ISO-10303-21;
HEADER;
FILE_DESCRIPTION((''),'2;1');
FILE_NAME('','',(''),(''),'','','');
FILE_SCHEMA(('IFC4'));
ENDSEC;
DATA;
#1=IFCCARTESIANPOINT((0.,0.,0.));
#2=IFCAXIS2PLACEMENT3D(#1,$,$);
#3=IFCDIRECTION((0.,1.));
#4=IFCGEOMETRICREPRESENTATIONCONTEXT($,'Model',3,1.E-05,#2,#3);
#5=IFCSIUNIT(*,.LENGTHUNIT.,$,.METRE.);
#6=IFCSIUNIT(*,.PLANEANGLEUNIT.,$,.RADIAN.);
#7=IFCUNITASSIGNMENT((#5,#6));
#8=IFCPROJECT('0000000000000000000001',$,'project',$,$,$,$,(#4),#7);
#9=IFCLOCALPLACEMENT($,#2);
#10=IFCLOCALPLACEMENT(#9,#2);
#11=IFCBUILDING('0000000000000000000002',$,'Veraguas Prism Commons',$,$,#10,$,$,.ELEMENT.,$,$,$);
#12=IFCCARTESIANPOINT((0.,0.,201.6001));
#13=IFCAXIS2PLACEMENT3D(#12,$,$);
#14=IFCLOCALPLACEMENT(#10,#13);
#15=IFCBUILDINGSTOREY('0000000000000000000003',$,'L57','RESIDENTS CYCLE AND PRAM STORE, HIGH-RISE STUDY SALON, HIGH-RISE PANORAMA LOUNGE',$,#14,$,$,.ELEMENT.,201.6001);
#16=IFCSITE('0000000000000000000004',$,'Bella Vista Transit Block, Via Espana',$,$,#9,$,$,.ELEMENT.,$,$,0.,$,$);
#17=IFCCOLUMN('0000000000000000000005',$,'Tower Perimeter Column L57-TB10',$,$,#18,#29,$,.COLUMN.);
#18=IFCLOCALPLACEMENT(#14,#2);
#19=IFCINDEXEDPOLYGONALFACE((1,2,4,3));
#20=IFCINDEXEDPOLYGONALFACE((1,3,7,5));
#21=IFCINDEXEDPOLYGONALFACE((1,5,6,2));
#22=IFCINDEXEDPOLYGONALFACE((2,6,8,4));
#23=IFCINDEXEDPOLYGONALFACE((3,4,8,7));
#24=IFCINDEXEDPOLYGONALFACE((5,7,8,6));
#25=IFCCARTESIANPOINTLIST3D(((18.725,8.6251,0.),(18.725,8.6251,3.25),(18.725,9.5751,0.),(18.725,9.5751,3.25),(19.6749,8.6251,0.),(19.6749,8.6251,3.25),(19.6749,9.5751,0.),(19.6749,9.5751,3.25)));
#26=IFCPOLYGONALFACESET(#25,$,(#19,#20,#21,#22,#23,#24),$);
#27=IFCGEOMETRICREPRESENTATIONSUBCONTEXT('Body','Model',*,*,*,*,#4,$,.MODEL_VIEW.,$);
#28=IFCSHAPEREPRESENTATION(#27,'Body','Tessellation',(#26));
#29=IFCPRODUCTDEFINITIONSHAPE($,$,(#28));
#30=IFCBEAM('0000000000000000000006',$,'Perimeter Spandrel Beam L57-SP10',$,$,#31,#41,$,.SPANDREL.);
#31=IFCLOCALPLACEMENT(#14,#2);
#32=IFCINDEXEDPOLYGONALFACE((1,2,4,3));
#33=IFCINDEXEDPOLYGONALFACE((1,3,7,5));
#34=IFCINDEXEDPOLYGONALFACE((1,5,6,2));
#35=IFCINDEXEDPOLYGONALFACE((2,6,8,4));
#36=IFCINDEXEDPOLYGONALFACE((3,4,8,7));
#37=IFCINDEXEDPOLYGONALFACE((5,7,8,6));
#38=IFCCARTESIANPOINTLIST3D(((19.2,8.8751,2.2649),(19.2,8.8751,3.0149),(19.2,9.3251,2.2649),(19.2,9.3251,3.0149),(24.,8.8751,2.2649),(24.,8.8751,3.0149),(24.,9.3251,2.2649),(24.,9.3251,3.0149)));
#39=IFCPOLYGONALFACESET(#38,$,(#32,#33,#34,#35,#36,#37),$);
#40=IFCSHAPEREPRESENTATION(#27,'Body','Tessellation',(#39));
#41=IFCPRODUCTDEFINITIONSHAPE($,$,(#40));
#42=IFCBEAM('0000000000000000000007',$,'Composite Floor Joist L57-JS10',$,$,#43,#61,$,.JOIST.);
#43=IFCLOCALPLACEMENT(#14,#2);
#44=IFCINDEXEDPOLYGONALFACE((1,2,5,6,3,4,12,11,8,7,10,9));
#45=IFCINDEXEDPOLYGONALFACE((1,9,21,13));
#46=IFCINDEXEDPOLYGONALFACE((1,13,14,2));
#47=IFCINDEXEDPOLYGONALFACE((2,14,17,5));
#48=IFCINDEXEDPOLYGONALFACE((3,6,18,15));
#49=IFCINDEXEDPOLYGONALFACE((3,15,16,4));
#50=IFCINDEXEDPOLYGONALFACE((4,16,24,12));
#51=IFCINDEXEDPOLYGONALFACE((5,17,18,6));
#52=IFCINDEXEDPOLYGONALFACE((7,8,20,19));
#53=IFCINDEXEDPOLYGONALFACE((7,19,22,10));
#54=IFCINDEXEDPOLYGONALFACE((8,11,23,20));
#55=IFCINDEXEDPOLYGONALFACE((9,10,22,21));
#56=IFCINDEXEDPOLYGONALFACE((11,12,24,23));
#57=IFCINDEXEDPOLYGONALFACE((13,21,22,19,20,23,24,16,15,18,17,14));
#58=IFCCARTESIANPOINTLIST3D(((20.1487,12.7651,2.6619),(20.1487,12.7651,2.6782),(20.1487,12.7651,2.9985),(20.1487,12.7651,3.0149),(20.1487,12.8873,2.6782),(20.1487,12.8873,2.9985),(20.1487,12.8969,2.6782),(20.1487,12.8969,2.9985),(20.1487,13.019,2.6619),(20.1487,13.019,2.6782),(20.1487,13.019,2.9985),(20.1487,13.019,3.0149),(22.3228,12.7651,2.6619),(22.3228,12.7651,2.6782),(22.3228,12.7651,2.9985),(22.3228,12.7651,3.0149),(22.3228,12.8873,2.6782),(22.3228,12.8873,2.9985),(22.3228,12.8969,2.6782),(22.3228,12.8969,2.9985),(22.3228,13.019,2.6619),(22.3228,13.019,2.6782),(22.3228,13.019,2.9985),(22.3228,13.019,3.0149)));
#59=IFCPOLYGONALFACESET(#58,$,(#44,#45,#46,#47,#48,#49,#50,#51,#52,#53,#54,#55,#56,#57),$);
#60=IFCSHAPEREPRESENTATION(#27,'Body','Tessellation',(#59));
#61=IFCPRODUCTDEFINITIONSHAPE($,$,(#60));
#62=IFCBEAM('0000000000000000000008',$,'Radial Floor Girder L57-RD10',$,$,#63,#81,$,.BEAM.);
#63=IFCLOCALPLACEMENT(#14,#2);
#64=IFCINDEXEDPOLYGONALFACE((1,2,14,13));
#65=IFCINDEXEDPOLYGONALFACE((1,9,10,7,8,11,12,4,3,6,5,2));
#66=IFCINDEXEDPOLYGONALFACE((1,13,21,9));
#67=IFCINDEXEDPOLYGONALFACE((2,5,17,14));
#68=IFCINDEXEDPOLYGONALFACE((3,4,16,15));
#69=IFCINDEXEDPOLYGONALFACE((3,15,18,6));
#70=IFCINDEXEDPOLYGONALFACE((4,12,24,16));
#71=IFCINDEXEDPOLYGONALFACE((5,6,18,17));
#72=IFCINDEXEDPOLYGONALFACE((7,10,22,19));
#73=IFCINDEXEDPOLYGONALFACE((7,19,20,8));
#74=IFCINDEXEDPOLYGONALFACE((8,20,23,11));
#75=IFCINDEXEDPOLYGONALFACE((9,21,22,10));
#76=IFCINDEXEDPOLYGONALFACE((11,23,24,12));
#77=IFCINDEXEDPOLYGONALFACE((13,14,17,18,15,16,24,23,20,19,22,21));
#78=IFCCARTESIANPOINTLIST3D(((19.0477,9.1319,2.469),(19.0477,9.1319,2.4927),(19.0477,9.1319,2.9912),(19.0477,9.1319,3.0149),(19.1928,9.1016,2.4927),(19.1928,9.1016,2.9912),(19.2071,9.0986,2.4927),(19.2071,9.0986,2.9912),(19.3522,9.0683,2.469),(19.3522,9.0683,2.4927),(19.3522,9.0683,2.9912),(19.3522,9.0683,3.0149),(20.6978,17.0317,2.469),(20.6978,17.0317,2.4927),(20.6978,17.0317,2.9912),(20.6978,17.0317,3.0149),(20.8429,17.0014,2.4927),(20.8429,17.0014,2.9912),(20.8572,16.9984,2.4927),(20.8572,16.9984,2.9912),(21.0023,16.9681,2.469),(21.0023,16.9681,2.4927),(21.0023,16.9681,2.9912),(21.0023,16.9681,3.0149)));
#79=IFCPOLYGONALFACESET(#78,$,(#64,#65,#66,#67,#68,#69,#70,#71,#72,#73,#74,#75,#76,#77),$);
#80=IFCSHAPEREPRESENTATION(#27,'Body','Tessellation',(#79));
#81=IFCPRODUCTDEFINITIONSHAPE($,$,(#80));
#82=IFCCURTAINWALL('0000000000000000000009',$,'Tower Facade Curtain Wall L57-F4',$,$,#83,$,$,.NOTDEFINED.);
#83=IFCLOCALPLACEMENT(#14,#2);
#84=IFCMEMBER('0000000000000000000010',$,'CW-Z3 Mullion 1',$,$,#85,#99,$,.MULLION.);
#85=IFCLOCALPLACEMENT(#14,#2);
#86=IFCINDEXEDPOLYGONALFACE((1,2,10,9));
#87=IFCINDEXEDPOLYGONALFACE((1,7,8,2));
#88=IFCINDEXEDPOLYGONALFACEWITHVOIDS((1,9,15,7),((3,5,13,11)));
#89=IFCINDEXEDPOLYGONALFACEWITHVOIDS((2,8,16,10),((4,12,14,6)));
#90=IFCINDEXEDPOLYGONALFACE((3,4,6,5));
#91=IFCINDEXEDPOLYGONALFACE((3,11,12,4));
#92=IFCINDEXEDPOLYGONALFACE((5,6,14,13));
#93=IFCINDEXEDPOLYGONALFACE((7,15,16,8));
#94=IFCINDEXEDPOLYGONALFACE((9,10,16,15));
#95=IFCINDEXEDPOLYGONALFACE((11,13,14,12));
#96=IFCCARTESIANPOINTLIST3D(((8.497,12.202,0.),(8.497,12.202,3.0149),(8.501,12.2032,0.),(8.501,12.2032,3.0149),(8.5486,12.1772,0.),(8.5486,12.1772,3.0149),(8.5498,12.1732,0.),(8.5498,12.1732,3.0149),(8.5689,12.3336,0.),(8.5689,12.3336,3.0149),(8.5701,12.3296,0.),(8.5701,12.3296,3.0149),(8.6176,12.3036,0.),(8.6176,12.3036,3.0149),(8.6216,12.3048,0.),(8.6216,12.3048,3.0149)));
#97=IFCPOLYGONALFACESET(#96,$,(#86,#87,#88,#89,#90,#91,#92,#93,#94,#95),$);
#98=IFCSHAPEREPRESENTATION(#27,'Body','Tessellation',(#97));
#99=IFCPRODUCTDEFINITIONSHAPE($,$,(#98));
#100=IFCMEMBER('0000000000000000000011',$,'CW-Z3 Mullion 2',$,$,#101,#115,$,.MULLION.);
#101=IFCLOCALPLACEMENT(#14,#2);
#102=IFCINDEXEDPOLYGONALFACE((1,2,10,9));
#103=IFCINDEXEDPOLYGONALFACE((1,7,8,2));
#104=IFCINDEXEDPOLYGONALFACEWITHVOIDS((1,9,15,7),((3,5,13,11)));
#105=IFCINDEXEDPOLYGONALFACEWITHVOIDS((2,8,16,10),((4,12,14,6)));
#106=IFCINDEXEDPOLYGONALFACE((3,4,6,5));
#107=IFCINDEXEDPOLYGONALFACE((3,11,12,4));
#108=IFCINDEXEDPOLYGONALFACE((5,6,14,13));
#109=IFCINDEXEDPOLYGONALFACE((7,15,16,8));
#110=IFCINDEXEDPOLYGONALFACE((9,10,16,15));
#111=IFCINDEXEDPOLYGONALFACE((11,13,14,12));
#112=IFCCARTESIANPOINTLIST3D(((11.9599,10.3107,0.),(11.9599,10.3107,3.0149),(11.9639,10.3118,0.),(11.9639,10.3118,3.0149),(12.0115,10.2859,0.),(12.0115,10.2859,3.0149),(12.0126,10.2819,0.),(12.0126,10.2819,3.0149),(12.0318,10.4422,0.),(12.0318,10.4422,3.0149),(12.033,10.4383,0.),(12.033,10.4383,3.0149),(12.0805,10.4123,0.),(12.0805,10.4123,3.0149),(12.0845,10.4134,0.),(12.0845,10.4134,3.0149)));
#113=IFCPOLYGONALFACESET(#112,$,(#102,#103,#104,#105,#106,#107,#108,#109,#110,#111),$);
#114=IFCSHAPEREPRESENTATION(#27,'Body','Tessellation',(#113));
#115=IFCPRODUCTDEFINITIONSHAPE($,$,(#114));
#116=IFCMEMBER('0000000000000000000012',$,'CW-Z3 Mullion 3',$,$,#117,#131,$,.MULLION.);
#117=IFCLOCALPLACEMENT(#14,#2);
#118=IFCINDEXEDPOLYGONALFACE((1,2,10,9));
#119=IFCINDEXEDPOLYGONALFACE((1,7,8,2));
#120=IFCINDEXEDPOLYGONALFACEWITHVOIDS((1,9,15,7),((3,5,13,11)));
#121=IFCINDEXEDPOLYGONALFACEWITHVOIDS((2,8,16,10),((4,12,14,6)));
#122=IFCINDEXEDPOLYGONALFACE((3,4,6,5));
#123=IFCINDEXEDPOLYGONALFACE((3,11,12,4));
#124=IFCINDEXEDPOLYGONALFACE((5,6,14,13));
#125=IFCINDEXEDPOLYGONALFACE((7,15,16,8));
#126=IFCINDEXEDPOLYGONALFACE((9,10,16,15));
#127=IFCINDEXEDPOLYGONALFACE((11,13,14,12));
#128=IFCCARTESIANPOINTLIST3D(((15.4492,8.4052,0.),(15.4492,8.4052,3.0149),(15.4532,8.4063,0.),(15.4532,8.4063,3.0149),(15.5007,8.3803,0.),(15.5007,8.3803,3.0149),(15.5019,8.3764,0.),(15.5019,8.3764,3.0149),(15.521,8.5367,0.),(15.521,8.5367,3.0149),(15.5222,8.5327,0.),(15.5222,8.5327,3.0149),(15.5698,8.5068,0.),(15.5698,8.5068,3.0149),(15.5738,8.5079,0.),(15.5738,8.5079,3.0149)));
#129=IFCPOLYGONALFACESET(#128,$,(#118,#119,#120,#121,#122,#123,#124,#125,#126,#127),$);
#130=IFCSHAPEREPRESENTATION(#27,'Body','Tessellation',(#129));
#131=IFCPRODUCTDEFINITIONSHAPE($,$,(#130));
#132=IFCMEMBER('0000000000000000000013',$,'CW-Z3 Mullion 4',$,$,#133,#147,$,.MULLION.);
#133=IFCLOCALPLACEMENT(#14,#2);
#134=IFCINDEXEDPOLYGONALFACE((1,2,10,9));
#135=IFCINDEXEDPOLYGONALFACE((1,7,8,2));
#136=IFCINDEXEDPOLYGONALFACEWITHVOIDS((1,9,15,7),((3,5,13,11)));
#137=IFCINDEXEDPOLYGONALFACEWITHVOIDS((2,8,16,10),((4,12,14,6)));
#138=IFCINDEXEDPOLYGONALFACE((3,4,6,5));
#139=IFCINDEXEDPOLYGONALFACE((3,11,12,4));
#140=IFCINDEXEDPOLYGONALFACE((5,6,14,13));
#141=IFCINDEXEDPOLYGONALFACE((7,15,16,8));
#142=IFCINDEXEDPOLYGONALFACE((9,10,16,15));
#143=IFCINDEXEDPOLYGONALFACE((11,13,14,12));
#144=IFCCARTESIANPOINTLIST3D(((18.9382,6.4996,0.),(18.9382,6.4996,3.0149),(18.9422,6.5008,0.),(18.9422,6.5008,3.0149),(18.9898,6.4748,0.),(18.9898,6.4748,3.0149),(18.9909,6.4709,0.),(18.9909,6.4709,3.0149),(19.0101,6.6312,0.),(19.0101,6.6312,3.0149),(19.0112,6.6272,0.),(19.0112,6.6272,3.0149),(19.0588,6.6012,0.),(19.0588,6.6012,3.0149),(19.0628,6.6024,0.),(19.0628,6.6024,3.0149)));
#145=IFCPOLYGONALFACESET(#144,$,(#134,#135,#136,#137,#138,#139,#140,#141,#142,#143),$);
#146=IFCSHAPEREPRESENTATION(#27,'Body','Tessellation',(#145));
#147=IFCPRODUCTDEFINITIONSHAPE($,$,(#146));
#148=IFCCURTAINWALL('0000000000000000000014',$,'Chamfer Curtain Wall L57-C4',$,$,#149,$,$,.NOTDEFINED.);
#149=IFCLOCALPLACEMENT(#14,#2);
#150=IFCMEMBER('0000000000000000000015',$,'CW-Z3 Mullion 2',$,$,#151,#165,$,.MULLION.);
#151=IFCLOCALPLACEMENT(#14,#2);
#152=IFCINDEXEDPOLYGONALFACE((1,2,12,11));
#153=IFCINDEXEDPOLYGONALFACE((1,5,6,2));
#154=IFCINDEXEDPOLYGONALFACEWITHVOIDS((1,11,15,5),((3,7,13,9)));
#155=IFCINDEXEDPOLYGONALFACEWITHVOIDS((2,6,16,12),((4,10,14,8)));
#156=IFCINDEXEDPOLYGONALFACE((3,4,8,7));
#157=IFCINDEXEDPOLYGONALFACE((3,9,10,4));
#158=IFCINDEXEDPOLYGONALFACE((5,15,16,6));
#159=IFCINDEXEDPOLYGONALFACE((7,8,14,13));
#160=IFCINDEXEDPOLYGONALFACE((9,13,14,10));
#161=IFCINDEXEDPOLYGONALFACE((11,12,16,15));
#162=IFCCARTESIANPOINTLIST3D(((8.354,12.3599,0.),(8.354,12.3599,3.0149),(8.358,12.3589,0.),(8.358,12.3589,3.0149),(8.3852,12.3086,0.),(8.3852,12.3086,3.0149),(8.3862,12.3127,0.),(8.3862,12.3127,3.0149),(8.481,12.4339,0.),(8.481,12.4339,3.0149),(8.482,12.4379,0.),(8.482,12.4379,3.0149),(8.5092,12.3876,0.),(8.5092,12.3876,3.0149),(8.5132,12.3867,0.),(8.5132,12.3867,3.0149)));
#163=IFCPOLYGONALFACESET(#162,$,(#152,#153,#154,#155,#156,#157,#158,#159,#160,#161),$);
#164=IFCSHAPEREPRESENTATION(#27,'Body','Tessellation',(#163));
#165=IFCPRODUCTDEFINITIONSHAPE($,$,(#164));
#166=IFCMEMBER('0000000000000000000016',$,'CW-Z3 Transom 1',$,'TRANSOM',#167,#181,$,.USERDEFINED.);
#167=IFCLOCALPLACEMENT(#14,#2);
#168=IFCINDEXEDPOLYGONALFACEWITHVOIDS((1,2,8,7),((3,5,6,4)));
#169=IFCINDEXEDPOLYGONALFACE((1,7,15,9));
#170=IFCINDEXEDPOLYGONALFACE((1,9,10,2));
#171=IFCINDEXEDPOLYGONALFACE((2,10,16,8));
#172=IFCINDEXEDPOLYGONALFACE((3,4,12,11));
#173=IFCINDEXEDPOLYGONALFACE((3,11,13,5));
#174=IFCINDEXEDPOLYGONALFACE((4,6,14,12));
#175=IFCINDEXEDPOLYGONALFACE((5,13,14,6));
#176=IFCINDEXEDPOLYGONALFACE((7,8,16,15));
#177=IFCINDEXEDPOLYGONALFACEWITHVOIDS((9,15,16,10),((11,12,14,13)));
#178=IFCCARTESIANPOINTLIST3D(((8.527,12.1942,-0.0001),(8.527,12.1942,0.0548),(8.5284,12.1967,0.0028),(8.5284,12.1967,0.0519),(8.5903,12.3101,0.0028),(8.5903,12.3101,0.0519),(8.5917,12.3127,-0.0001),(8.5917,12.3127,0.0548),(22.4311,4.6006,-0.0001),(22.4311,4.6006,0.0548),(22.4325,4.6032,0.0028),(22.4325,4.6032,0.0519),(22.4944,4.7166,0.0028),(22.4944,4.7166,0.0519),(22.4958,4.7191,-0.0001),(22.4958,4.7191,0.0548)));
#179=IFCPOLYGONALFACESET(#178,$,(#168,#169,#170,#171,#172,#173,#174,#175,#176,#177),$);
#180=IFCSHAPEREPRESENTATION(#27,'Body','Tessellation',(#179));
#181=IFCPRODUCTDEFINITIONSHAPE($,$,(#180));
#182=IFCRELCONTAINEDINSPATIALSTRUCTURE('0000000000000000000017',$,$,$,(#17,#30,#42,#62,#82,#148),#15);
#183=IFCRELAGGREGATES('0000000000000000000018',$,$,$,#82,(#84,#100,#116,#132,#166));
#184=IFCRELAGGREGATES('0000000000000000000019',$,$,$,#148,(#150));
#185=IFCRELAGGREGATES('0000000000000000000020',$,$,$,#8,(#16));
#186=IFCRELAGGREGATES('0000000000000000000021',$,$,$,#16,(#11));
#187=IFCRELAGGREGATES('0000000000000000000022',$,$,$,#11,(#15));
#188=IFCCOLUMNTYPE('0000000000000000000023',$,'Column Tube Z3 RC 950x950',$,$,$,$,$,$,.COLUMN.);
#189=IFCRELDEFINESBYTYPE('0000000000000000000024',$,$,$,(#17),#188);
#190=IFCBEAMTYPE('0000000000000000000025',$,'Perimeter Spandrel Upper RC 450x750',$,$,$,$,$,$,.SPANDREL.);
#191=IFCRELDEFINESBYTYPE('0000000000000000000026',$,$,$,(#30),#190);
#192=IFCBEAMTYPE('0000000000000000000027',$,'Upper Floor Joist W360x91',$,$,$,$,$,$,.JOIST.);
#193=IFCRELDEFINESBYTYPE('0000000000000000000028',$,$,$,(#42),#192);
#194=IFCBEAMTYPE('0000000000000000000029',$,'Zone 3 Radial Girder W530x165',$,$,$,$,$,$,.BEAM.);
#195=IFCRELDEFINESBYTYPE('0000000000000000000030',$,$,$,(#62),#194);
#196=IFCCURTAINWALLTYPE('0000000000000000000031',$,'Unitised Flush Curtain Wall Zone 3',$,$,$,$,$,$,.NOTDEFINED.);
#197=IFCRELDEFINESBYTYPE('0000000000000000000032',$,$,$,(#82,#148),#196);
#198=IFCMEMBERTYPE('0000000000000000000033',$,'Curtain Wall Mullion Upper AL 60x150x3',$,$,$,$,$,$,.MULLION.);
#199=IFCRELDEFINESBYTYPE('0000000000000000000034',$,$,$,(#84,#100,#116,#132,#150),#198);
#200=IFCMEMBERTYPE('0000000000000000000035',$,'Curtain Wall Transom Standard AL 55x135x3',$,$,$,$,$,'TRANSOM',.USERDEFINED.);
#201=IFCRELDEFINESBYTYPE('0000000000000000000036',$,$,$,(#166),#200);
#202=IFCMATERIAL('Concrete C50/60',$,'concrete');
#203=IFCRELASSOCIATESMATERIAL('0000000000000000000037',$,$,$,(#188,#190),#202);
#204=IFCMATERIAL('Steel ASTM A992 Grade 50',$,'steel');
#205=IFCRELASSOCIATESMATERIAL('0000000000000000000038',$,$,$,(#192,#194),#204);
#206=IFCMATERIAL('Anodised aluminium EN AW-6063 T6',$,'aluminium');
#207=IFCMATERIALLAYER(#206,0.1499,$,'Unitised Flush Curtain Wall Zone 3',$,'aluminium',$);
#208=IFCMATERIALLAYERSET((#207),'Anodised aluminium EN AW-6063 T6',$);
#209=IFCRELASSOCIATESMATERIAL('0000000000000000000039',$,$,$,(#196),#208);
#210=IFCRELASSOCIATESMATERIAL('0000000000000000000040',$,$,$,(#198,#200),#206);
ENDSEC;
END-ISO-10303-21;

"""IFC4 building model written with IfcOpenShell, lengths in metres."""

from ifc_helpers import new_model, si_unit, direction, frame, origin, origin_2d, place, context, subcontext, project, spatial, rectangle, hollow_rectangle, i_section, extrude, source, transform, mapped, material, layer, layer_set, material_profile, profile_set, type_object, element, aggregate, save


model = new_model("IFC4")

# Units and contexts
model_context = context("Model", 3, precision=1e-05, world=origin(), true_north=direction((0.0, 1.0)))
body_context = subcontext(model_context, "Body", "Model", "MODEL_VIEW")
ifc_project = project(units=[si_unit("LENGTHUNIT", "METRE"), si_unit("PLANEANGLEUNIT", "RADIAN")], contexts=[model_context])

# Site, building, storey
site_placement = place(None, origin())
site = spatial("IfcSite", under=ifc_project, at=site_placement, Name="Bella Vista Transit Block, Via Espana", CompositionType="ELEMENT", RefElevation=0.0)
building_placement = place(site_placement, origin())
building = spatial("IfcBuilding", under=site, at=building_placement, Name="Veraguas Prism Commons", CompositionType="ELEMENT")
storey_placement = place(building_placement, frame((0.0, 0.0, 201.6001)))
storey = spatial("IfcBuildingStorey", under=building, at=storey_placement, Name="L57", Description="RESIDENTS CYCLE AND PRAM STORE, HIGH-RISE STUDY SALON, HIGH-RISE PANORAMA LOUNGE", CompositionType="ELEMENT", Elevation=201.6001)

# Column
ifc_material_1 = material(Name="Concrete C50/60", Category="concrete")
ifc_material_profile_1 = material_profile(ifc_material_1, rectangle(XDim=0.95, YDim=0.95, at=origin_2d()), Name="RC950X950")
ifc_profile_set_1 = profile_set([ifc_material_profile_1], Name="Concrete C50/60")
column_type = type_object("IfcColumnType", Name="Column Tube Z3 RC 950x950", PredefinedType="COLUMN", material=ifc_profile_set_1)
column_placement = place(storey_placement, frame((19.2, 9.1001, 0.0), z_axis=(0.0, 0.0, 1.0), x_axis=(1.0, 0.0, 0.0)))
element("IfcColumn", 1, at=column_placement, inside=storey, type_object=column_type, Name="Tower Perimeter Column L57-TB10", PredefinedType="COLUMN", context=body_context, shape_type="SweptSolid", body=[
    extrude(rectangle(XDim=0.95, YDim=0.95, at=origin_2d()), origin(), (0.0, 0.0, 1.0), 3.25),
])

# Beams
ifc_material_profile_2 = material_profile(ifc_material_1, rectangle(XDim=0.45, YDim=0.75, at=origin_2d()), Name="RC450X750")
ifc_profile_set_2 = profile_set([ifc_material_profile_2], Name="Concrete C50/60")
beam_type_1 = type_object("IfcBeamType", Name="Perimeter Spandrel Upper RC 450x750", PredefinedType="SPANDREL", material=ifc_profile_set_2)
beam_1_placement = place(storey_placement, frame((19.2, 9.1001, 2.6399), z_axis=(1.0, 0.0, 0.0), x_axis=(0.0, 1.0, 0.0)))
element("IfcBeam", 2, at=beam_1_placement, inside=storey, type_object=beam_type_1, Name="Perimeter Spandrel Beam L57-SP10", PredefinedType="SPANDREL", context=body_context, shape_type="SweptSolid", body=[
    extrude(rectangle(XDim=0.45, YDim=0.75, at=origin_2d()), origin(), (0.0, 0.0, 1.0), 4.8),
])
ifc_material_2 = material(Name="Steel ASTM A992 Grade 50", Category="steel")
ifc_material_profile_3 = material_profile(ifc_material_2, i_section(OverallWidth=0.2539, OverallDepth=0.353, WebThickness=0.0095, FlangeThickness=0.0164, at=origin_2d()), Name="W360X91")
ifc_profile_set_3 = profile_set([ifc_material_profile_3], Name="Steel ASTM A992 Grade 50")
beam_type_2 = type_object("IfcBeamType", Name="Upper Floor Joist W360x91", PredefinedType="JOIST", material=ifc_profile_set_3)
beam_2_placement = place(storey_placement, frame((20.1487, 12.8921, 2.8384), z_axis=(1.0, 0.0, 0.0), x_axis=(0.0, 1.0, 0.0)))
element("IfcBeam", 3, at=beam_2_placement, inside=storey, type_object=beam_type_2, Name="Composite Floor Joist L57-JS10", PredefinedType="JOIST", context=body_context, shape_type="SweptSolid", body=[
    extrude(i_section(OverallWidth=0.2539, OverallDepth=0.353, WebThickness=0.0095, FlangeThickness=0.0164, at=origin_2d()), origin(), (0.0, 0.0, 1.0), 2.1741),
])
ifc_material_profile_4 = material_profile(ifc_material_2, i_section(OverallWidth=0.311, OverallDepth=0.5459, WebThickness=0.0146, FlangeThickness=0.0237, at=origin_2d()), Name="W530X165")
ifc_profile_set_4 = profile_set([ifc_material_profile_4], Name="Steel ASTM A992 Grade 50")
beam_type_3 = type_object("IfcBeamType", Name="Zone 3 Radial Girder W530x165", PredefinedType="BEAM", material=ifc_profile_set_4)
beam_3_placement = place(storey_placement, frame((19.2, 9.1001, 2.7419), z_axis=(0.204469, 0.978873, 0.0), x_axis=(-0.978873, 0.204469, 0.0)))
element("IfcBeam", 4, at=beam_3_placement, inside=storey, type_object=beam_type_3, Name="Radial Floor Girder L57-RD10", PredefinedType="BEAM", context=body_context, shape_type="SweptSolid", body=[
    extrude(i_section(OverallWidth=0.311, OverallDepth=0.5459, WebThickness=0.0146, FlangeThickness=0.0237, at=origin_2d()), origin(), (0.0, 0.0, 1.0), 8.0703),
])

# Curtain wall, members
ifc_material_3 = material(Name="Anodised aluminium EN AW-6063 T6", Category="aluminium")
ifc_layer_1 = layer(ifc_material_3, 0.1499, Name="Unitised Flush Curtain Wall Zone 3", Category="aluminium")
ifc_layer_set_1 = layer_set([ifc_layer_1], Name="Anodised aluminium EN AW-6063 T6")
curtain_wall_type = type_object("IfcCurtainWallType", Name="Unitised Flush Curtain Wall Zone 3", PredefinedType="NOTDEFINED", material=ifc_layer_set_1)
curtain_wall_1_placement = place(storey_placement, origin())
curtain_wall_1 = element("IfcCurtainWall", 5, at=curtain_wall_1_placement, inside=storey, type_object=curtain_wall_type, Name="Tower Facade Curtain Wall L57-F4", PredefinedType="NOTDEFINED")
ifc_material_profile_5 = material_profile(ifc_material_3, hollow_rectangle(XDim=0.0601, YDim=0.1499, WallThickness=0.0029, at=origin_2d()), Name="AL60X150X3")
ifc_profile_set_5 = profile_set([ifc_material_profile_5], Name="Anodised aluminium EN AW-6063 T6")
member_type_1 = type_object("IfcMemberType", Name="Curtain Wall Mullion Upper AL 60x150x3", PredefinedType="MULLION", material=ifc_profile_set_5)
shared_shape_1 = source(origin(), body_context, "Body", "SweptSolid", [
    extrude(hollow_rectangle(XDim=0.0601, YDim=0.1499, WallThickness=0.0029, at=origin_2d()), origin(), (0.0, 0.0, 1.0), 3.0149),
])
member_1_placement = place(storey_placement, frame((8.5593, 12.2534, 0.0), z_axis=(0.0, 0.0, 1.0), x_axis=(0.877647, -0.479308, 0.0)))
member_1 = element("IfcMember", 6, at=member_1_placement, type_object=member_type_1, Name="CW-Z3 Mullion 1", PredefinedType="MULLION", context=body_context, shape_type="MappedRepresentation", body=[
    mapped(shared_shape_1, transform((0.0, 0.0, 0.0), scale=1.0)),
])
member_2_placement = place(storey_placement, frame((12.0222, 10.3621, 0.0), z_axis=(0.0, 0.0, 1.0), x_axis=(0.877647, -0.479308, 0.0)))
member_2 = element("IfcMember", 7, at=member_2_placement, type_object=member_type_1, Name="CW-Z3 Mullion 2", PredefinedType="MULLION", context=body_context, shape_type="MappedRepresentation", body=[
    mapped(shared_shape_1, transform((0.0, 0.0, 0.0), scale=1.0)),
])
member_3_placement = place(storey_placement, frame((15.5115, 8.4565, 0.0), z_axis=(0.0, 0.0, 1.0), x_axis=(0.877647, -0.479308, 0.0)))
member_3 = element("IfcMember", 8, at=member_3_placement, type_object=member_type_1, Name="CW-Z3 Mullion 3", PredefinedType="MULLION", context=body_context, shape_type="MappedRepresentation", body=[
    mapped(shared_shape_1, transform((0.0, 0.0, 0.0), scale=1.0)),
])
member_4_placement = place(storey_placement, frame((19.0005, 6.551, 0.0), z_axis=(0.0, 0.0, 1.0), x_axis=(0.877647, -0.479308, 0.0)))
member_4 = element("IfcMember", 9, at=member_4_placement, type_object=member_type_1, Name="CW-Z3 Mullion 4", PredefinedType="MULLION", context=body_context, shape_type="MappedRepresentation", body=[
    mapped(shared_shape_1, transform((0.0, 0.0, 0.0), scale=1.0)),
])

# Curtain wall, member
curtain_wall_2_placement = place(storey_placement, origin())
curtain_wall_2 = element("IfcCurtainWall", 10, at=curtain_wall_2_placement, inside=storey, type_object=curtain_wall_type, Name="Chamfer Curtain Wall L57-C4", PredefinedType="NOTDEFINED")
member_5_placement = place(storey_placement, frame((8.4336, 12.3733, 0.0), z_axis=(0.0, 0.0, 1.0), x_axis=(0.520426, -0.853907, 0.0)))
member_5 = element("IfcMember", 11, at=member_5_placement, type_object=member_type_1, Name="CW-Z3 Mullion 2", PredefinedType="MULLION", context=body_context, shape_type="MappedRepresentation", body=[
    mapped(shared_shape_1, transform((0.0, 0.0, 0.0), scale=1.0)),
])

# Member
ifc_material_profile_6 = material_profile(ifc_material_3, hollow_rectangle(XDim=0.0549, YDim=0.135, WallThickness=0.0029, at=origin_2d()), Name="AL55X135X3")
ifc_profile_set_6 = profile_set([ifc_material_profile_6], Name="Anodised aluminium EN AW-6063 T6")
member_type_2 = type_object("IfcMemberType", Name="Curtain Wall Transom Standard AL 55x135x3", ElementType="TRANSOM", PredefinedType="USERDEFINED", material=ifc_profile_set_6)
shared_shape_2 = source(origin(), body_context, "Body", "SweptSolid", [
    extrude(hollow_rectangle(XDim=0.0549, YDim=0.135, WallThickness=0.0029, at=origin_2d()), origin(), (0.0, 0.0, 1.0), 15.8425),
])
member_6_placement = place(storey_placement, frame((8.5593, 12.2534, 0.0273), z_axis=(0.877644, -0.479313, 0.0), x_axis=(0.0, 0.0, 1.0)))
member_6 = element("IfcMember", 12, at=member_6_placement, type_object=member_type_2, Name="CW-Z3 Transom 1", ObjectType="TRANSOM", PredefinedType="USERDEFINED", context=body_context, shape_type="MappedRepresentation", body=[
    mapped(shared_shape_2, transform((0.0, 0.0, 0.0), scale=1.0)),
])

aggregate(curtain_wall_1, [member_1, member_2, member_3, member_4, member_6])
aggregate(curtain_wall_2, [member_5])

save(model, "model.ifc")
